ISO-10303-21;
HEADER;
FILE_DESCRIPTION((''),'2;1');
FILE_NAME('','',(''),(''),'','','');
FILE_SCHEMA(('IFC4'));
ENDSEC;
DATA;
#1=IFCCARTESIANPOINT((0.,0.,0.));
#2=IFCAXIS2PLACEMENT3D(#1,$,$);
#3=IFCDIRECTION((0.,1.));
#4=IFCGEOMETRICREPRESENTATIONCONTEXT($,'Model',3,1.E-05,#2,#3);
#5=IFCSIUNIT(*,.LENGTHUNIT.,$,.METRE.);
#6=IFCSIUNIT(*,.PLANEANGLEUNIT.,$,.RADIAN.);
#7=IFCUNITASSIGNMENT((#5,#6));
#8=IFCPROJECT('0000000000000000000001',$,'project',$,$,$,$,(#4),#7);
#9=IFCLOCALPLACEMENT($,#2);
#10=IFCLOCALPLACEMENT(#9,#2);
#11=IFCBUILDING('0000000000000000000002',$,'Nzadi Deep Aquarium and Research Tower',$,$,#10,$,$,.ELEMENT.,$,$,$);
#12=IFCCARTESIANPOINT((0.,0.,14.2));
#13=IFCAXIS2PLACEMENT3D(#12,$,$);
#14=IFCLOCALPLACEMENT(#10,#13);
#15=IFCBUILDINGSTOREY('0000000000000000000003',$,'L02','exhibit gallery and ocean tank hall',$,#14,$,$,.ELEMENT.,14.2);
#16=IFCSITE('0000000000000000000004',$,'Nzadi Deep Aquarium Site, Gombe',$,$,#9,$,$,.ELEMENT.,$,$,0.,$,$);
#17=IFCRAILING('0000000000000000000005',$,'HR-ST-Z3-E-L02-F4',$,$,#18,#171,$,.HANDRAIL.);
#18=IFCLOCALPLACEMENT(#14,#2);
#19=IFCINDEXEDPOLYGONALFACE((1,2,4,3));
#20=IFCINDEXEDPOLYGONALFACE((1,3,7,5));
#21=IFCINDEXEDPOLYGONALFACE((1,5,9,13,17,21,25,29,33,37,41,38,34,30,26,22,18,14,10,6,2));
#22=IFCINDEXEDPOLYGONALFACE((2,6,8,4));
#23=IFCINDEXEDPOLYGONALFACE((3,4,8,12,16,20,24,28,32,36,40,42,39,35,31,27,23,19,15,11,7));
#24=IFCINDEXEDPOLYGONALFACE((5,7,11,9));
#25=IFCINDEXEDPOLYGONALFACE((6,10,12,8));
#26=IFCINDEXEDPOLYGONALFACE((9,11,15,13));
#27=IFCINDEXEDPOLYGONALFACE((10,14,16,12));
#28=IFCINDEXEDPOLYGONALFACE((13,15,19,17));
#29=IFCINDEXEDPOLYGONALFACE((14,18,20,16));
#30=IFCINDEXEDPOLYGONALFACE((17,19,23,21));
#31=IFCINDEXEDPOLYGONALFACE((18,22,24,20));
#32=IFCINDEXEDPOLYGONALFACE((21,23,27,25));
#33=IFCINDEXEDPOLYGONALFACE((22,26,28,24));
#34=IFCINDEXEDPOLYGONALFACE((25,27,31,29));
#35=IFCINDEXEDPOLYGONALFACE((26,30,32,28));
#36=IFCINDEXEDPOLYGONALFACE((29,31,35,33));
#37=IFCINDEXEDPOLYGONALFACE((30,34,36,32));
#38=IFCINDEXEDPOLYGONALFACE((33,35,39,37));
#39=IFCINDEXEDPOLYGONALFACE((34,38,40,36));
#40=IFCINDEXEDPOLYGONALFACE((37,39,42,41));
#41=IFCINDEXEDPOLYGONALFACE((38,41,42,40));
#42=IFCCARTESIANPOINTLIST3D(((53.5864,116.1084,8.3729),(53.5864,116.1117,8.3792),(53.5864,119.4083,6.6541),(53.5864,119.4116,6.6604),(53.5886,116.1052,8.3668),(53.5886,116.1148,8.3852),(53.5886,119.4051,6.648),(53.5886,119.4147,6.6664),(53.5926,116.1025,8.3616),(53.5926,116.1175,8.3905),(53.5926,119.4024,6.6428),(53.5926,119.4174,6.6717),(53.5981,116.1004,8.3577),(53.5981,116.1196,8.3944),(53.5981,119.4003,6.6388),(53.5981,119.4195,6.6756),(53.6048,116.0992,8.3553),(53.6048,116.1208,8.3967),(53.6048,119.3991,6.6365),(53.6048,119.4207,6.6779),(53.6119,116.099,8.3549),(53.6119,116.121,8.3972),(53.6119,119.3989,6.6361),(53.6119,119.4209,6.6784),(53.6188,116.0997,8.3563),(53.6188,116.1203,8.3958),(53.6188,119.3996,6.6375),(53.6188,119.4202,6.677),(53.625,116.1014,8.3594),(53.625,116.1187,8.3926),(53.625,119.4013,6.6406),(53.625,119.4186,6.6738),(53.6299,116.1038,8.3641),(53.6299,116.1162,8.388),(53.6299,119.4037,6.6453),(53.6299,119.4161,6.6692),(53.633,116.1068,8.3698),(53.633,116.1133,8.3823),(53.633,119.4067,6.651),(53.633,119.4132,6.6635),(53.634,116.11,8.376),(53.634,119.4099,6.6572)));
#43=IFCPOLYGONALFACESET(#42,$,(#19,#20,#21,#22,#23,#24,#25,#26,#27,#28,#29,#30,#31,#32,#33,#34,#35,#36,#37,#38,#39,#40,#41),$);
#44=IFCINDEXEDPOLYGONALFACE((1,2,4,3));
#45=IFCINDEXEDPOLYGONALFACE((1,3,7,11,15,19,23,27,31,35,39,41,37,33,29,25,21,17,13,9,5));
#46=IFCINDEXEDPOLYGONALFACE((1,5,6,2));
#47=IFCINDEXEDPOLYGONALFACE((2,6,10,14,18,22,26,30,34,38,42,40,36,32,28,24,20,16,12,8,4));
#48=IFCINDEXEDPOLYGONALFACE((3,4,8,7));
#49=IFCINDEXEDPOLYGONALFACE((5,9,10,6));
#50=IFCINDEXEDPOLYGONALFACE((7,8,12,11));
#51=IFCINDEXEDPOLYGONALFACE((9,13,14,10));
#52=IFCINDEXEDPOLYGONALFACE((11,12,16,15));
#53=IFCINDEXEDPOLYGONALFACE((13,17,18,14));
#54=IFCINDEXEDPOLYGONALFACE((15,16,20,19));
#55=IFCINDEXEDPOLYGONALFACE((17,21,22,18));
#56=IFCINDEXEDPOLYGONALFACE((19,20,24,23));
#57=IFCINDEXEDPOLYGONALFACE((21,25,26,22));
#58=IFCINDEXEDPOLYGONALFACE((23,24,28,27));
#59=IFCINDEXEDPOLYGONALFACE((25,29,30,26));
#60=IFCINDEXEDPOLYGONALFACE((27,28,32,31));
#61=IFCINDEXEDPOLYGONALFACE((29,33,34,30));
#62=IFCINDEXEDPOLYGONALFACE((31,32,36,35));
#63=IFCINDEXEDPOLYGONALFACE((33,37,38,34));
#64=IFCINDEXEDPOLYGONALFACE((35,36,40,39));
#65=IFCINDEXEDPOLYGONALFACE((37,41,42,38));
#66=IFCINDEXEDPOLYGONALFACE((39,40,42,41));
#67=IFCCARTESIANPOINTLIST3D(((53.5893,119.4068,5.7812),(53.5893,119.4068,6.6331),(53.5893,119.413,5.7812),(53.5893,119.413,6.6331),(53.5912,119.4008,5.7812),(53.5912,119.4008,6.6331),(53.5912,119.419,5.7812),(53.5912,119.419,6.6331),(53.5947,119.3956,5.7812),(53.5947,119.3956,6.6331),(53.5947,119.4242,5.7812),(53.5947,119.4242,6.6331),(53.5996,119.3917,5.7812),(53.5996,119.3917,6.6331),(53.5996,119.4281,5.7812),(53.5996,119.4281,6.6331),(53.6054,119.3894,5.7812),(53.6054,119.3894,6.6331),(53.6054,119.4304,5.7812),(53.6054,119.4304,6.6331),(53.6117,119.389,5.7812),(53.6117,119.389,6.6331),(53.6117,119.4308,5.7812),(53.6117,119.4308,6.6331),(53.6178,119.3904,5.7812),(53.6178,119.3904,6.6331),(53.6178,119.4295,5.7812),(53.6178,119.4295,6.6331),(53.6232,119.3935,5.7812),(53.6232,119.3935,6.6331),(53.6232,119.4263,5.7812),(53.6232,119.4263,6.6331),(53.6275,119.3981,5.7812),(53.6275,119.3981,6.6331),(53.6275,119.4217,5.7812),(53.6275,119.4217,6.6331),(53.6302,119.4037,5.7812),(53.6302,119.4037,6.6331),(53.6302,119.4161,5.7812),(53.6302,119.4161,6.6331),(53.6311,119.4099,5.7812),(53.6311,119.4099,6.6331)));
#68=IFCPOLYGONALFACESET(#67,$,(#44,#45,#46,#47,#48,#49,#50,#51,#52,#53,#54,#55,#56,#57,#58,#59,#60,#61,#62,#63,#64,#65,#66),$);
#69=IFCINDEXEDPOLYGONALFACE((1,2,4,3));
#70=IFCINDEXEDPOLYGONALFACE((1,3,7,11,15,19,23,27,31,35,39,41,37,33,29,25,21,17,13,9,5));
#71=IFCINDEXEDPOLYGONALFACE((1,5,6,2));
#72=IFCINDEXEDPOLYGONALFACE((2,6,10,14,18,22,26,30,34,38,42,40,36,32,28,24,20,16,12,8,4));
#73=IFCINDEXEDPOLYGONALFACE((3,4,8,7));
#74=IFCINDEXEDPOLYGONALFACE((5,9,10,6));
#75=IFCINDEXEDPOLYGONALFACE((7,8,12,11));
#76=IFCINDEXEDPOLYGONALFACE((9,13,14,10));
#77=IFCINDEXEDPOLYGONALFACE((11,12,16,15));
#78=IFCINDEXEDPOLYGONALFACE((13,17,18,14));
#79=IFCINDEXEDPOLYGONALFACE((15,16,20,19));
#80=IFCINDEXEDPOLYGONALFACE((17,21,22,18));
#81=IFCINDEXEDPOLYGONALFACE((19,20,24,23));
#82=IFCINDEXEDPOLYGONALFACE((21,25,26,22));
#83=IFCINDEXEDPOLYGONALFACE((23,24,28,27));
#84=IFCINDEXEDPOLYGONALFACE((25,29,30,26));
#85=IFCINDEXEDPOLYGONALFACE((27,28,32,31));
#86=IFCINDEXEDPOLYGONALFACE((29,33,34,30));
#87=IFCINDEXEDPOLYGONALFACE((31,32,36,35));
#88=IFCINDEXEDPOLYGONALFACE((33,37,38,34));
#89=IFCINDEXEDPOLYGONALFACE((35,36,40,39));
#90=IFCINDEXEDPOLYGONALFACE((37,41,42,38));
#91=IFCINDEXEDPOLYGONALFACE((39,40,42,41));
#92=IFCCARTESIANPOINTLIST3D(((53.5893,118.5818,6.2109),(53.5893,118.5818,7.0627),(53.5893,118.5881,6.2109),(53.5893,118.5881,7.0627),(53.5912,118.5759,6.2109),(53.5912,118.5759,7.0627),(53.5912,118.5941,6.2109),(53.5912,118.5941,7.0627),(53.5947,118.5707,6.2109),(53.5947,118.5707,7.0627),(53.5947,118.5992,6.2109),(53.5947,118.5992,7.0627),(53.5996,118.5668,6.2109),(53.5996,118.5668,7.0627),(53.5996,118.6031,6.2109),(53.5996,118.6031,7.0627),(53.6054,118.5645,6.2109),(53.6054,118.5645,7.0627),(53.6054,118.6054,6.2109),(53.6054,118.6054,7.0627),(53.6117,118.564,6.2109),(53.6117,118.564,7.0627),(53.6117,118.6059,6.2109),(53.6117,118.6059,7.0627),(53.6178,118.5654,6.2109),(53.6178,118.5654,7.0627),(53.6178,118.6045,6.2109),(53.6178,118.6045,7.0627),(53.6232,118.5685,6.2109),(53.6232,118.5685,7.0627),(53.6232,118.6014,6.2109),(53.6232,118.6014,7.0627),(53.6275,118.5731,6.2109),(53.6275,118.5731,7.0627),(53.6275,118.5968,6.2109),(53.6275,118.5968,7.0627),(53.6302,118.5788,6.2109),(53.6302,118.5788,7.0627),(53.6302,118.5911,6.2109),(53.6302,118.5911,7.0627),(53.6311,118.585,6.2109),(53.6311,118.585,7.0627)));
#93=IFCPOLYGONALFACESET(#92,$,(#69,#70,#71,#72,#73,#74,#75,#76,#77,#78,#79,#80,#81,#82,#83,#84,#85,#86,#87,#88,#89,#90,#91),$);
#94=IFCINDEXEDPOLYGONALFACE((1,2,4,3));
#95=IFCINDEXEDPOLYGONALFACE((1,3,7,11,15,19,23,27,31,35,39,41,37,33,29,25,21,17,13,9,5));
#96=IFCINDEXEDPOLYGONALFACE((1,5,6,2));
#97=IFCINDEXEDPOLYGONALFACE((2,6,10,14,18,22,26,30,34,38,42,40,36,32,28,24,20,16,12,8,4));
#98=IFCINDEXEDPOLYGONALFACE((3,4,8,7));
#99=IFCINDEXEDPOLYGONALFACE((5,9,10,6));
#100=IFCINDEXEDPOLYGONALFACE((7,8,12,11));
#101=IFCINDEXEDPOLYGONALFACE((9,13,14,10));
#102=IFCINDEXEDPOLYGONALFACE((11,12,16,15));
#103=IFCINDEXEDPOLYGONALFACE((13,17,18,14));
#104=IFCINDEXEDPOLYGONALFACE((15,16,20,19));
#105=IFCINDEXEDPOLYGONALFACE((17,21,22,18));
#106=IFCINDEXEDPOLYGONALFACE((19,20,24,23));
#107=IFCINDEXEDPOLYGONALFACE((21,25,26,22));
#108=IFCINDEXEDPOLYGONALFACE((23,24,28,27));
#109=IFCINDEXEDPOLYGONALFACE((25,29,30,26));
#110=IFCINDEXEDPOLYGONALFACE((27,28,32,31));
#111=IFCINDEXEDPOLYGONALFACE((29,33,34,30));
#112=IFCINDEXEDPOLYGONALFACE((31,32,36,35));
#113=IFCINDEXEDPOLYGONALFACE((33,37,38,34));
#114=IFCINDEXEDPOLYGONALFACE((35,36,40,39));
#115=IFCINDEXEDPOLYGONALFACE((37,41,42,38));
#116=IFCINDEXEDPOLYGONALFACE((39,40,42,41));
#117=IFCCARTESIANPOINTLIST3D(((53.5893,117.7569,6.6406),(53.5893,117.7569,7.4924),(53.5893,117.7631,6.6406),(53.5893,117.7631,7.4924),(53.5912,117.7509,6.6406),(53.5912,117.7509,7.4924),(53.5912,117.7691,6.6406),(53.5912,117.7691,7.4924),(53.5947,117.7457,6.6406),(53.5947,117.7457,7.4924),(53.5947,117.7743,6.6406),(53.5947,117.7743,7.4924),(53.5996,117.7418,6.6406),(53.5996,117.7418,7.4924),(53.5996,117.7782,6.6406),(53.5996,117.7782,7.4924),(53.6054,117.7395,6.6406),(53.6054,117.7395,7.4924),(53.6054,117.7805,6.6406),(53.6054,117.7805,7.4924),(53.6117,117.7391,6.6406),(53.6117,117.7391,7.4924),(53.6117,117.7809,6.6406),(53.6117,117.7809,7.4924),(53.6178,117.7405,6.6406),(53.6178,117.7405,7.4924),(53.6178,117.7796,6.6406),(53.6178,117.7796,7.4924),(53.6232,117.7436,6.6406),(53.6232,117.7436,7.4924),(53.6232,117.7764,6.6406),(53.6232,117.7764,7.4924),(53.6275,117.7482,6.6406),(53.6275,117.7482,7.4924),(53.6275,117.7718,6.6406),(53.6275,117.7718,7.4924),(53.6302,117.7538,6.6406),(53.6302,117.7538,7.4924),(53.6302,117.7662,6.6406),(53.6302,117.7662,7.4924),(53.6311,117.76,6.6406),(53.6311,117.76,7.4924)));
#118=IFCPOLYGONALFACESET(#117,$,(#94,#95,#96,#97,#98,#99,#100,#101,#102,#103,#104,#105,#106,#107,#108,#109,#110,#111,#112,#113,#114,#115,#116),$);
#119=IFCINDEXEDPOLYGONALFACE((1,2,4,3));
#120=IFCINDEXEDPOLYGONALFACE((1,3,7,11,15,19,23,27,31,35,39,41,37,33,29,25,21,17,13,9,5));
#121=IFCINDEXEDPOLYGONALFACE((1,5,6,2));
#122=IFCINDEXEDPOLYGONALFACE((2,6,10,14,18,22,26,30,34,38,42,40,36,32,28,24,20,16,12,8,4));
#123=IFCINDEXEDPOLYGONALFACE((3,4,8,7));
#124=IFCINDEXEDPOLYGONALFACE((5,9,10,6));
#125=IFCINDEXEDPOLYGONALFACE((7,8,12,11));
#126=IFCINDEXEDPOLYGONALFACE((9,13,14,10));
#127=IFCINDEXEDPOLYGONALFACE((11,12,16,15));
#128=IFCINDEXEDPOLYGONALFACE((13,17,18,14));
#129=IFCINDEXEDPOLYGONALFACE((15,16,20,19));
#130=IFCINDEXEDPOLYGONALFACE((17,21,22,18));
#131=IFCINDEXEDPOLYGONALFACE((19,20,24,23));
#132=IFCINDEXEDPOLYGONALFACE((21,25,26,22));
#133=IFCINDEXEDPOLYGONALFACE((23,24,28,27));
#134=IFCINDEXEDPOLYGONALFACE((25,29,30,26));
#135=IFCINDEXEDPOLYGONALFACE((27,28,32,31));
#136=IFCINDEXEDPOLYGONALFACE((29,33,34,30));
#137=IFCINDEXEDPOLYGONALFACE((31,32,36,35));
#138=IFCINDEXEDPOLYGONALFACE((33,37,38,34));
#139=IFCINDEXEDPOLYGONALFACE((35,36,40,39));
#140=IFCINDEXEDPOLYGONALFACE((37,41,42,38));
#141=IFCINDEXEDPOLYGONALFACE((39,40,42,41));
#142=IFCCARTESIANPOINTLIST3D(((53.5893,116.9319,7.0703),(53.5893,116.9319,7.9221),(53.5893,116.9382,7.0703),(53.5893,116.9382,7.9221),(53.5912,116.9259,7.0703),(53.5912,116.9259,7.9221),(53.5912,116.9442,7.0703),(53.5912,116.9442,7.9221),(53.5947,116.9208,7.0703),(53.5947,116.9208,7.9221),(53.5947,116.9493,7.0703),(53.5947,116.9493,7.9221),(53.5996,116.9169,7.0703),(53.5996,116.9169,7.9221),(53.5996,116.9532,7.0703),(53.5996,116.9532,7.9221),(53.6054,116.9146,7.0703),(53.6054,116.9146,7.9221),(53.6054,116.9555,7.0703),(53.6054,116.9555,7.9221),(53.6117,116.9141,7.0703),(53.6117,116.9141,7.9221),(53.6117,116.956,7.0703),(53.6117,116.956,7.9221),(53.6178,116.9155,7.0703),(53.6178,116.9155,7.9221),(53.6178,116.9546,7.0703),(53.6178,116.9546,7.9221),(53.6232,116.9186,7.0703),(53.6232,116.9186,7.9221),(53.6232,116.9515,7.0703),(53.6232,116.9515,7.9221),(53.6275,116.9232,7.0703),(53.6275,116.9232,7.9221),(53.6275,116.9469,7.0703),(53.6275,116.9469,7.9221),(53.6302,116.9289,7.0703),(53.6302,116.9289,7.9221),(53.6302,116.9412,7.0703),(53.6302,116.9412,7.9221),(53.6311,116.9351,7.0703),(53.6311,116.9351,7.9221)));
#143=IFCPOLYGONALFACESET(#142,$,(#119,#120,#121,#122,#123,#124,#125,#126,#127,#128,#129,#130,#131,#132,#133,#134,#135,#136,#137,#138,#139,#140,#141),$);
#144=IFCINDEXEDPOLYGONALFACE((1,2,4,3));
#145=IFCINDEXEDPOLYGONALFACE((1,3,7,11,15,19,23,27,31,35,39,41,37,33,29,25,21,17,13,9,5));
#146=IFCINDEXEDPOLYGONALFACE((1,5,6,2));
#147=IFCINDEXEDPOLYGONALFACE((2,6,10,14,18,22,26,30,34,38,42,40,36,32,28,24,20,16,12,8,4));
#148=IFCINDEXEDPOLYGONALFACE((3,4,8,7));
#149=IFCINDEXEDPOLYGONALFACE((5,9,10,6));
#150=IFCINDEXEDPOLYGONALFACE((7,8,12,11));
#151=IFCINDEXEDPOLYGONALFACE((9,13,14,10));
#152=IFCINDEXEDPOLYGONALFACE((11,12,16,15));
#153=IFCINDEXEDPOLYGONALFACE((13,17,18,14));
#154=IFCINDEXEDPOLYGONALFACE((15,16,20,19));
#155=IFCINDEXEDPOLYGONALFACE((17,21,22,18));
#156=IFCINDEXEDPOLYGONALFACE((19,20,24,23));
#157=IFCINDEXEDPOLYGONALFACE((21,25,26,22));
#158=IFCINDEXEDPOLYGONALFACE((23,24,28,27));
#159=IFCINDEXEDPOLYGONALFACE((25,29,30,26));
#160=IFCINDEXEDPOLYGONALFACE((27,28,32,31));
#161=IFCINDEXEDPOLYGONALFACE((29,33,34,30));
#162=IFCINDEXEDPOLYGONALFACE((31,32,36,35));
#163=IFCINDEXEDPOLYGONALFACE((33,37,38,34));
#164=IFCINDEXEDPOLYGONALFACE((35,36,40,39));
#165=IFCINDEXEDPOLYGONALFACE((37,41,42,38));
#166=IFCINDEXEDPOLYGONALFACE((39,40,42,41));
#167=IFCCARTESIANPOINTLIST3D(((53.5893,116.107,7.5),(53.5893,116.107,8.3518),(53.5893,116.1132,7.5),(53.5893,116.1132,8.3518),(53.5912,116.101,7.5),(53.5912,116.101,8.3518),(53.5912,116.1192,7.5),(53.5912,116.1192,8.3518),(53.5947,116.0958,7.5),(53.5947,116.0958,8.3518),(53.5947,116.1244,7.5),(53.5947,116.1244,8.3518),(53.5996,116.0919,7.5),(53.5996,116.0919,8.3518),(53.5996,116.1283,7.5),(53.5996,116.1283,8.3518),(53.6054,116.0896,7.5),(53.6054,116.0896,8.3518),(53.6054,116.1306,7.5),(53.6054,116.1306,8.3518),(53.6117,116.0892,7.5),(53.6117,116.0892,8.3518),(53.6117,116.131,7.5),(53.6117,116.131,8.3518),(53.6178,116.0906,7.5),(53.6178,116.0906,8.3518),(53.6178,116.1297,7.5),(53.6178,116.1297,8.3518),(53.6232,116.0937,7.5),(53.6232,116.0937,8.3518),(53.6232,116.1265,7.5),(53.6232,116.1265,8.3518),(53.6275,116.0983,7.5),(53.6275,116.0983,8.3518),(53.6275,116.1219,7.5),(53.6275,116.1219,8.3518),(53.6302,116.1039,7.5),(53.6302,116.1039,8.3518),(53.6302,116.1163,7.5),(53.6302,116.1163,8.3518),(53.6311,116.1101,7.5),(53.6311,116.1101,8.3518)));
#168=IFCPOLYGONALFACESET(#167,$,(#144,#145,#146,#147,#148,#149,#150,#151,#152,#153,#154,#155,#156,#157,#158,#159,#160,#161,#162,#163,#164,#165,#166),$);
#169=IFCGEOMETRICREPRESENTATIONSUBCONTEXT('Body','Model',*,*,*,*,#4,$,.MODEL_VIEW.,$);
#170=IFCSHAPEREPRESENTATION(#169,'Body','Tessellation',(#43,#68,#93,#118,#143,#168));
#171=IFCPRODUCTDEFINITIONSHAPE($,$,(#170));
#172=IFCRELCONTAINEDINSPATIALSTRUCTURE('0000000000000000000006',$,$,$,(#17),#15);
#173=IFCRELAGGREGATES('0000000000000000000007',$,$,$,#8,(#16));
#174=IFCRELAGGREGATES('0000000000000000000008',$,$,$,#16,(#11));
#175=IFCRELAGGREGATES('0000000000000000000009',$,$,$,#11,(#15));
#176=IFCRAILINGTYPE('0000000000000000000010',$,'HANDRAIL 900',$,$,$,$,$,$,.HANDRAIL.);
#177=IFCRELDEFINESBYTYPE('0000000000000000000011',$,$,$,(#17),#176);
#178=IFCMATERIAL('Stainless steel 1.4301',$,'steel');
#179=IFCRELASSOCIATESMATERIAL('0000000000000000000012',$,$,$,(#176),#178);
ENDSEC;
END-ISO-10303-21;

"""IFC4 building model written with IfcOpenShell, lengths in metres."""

from ifc_helpers import new_model, si_unit, direction, frame, origin, origin_2d, place, context, subcontext, project, spatial, circle, extrude, material, type_object, element, save


model = new_model("IFC4")

# Units and contexts
model_context = context("Model", 3, precision=1e-05, world=origin(), true_north=direction((0.0, 1.0)))
body_context = subcontext(model_context, "Body", "Model", "MODEL_VIEW")
ifc_project = project(units=[si_unit("LENGTHUNIT", "METRE"), si_unit("PLANEANGLEUNIT", "RADIAN")], contexts=[model_context])

# Site, building, storey
site_placement = place(None, origin())
site = spatial("IfcSite", under=ifc_project, at=site_placement, Name="Nzadi Deep Aquarium Site, Gombe", CompositionType="ELEMENT", RefElevation=0.0)
building_placement = place(site_placement, origin())
building = spatial("IfcBuilding", under=site, at=building_placement, Name="Nzadi Deep Aquarium and Research Tower", CompositionType="ELEMENT")
storey_placement = place(building_placement, frame((0.0, 0.0, 14.2)))
storey = spatial("IfcBuildingStorey", under=building, at=storey_placement, Name="L02", Description="exhibit gallery and ocean tank hall", CompositionType="ELEMENT", Elevation=14.2)

# Railing
ifc_material_1 = material(Name="Stainless steel 1.4301", Category="steel")
railing_type = type_object("IfcRailingType", Name="HANDRAIL 900", PredefinedType="HANDRAIL", material=ifc_material_1)
for number, where, name in (
    (1, (53.6101, 119.4099, 5.7812), "HR-ST-Z3-E-L02-F4"),
):
    element("IfcRailing", number, at=place(storey_placement, frame(where)), inside=storey, type_object=railing_type, Name=name, PredefinedType="HANDRAIL", context=body_context, shape_type="SweptSolid", body=[
        extrude(circle(Radius=0.0239, at=origin_2d()), frame((0.0, 0.0, 0.876), z_axis=(0.0, -0.886903, 0.461956), x_axis=(1.0, 0.0, 0.0)), (0.0, 0.0, 1.0), 3.7207),
        extrude(circle(Radius=0.021, at=origin_2d()), origin(), (0.0, 0.0, 1.0), 0.8518),
        extrude(circle(Radius=0.021, at=origin_2d()), frame((0.0, -0.825, 0.4297)), (0.0, 0.0, 1.0), 0.8518),
        extrude(circle(Radius=0.021, at=origin_2d()), frame((0.0, -1.6499, 0.8594)), (0.0, 0.0, 1.0), 0.8518),
        extrude(circle(Radius=0.021, at=origin_2d()), frame((0.0, -2.4749, 1.2891)), (0.0, 0.0, 1.0), 0.8518),
        extrude(circle(Radius=0.021, at=origin_2d()), frame((0.0, -3.2998, 1.7188)), (0.0, 0.0, 1.0), 0.8518),
    ])

save(model, "model.ifc")
